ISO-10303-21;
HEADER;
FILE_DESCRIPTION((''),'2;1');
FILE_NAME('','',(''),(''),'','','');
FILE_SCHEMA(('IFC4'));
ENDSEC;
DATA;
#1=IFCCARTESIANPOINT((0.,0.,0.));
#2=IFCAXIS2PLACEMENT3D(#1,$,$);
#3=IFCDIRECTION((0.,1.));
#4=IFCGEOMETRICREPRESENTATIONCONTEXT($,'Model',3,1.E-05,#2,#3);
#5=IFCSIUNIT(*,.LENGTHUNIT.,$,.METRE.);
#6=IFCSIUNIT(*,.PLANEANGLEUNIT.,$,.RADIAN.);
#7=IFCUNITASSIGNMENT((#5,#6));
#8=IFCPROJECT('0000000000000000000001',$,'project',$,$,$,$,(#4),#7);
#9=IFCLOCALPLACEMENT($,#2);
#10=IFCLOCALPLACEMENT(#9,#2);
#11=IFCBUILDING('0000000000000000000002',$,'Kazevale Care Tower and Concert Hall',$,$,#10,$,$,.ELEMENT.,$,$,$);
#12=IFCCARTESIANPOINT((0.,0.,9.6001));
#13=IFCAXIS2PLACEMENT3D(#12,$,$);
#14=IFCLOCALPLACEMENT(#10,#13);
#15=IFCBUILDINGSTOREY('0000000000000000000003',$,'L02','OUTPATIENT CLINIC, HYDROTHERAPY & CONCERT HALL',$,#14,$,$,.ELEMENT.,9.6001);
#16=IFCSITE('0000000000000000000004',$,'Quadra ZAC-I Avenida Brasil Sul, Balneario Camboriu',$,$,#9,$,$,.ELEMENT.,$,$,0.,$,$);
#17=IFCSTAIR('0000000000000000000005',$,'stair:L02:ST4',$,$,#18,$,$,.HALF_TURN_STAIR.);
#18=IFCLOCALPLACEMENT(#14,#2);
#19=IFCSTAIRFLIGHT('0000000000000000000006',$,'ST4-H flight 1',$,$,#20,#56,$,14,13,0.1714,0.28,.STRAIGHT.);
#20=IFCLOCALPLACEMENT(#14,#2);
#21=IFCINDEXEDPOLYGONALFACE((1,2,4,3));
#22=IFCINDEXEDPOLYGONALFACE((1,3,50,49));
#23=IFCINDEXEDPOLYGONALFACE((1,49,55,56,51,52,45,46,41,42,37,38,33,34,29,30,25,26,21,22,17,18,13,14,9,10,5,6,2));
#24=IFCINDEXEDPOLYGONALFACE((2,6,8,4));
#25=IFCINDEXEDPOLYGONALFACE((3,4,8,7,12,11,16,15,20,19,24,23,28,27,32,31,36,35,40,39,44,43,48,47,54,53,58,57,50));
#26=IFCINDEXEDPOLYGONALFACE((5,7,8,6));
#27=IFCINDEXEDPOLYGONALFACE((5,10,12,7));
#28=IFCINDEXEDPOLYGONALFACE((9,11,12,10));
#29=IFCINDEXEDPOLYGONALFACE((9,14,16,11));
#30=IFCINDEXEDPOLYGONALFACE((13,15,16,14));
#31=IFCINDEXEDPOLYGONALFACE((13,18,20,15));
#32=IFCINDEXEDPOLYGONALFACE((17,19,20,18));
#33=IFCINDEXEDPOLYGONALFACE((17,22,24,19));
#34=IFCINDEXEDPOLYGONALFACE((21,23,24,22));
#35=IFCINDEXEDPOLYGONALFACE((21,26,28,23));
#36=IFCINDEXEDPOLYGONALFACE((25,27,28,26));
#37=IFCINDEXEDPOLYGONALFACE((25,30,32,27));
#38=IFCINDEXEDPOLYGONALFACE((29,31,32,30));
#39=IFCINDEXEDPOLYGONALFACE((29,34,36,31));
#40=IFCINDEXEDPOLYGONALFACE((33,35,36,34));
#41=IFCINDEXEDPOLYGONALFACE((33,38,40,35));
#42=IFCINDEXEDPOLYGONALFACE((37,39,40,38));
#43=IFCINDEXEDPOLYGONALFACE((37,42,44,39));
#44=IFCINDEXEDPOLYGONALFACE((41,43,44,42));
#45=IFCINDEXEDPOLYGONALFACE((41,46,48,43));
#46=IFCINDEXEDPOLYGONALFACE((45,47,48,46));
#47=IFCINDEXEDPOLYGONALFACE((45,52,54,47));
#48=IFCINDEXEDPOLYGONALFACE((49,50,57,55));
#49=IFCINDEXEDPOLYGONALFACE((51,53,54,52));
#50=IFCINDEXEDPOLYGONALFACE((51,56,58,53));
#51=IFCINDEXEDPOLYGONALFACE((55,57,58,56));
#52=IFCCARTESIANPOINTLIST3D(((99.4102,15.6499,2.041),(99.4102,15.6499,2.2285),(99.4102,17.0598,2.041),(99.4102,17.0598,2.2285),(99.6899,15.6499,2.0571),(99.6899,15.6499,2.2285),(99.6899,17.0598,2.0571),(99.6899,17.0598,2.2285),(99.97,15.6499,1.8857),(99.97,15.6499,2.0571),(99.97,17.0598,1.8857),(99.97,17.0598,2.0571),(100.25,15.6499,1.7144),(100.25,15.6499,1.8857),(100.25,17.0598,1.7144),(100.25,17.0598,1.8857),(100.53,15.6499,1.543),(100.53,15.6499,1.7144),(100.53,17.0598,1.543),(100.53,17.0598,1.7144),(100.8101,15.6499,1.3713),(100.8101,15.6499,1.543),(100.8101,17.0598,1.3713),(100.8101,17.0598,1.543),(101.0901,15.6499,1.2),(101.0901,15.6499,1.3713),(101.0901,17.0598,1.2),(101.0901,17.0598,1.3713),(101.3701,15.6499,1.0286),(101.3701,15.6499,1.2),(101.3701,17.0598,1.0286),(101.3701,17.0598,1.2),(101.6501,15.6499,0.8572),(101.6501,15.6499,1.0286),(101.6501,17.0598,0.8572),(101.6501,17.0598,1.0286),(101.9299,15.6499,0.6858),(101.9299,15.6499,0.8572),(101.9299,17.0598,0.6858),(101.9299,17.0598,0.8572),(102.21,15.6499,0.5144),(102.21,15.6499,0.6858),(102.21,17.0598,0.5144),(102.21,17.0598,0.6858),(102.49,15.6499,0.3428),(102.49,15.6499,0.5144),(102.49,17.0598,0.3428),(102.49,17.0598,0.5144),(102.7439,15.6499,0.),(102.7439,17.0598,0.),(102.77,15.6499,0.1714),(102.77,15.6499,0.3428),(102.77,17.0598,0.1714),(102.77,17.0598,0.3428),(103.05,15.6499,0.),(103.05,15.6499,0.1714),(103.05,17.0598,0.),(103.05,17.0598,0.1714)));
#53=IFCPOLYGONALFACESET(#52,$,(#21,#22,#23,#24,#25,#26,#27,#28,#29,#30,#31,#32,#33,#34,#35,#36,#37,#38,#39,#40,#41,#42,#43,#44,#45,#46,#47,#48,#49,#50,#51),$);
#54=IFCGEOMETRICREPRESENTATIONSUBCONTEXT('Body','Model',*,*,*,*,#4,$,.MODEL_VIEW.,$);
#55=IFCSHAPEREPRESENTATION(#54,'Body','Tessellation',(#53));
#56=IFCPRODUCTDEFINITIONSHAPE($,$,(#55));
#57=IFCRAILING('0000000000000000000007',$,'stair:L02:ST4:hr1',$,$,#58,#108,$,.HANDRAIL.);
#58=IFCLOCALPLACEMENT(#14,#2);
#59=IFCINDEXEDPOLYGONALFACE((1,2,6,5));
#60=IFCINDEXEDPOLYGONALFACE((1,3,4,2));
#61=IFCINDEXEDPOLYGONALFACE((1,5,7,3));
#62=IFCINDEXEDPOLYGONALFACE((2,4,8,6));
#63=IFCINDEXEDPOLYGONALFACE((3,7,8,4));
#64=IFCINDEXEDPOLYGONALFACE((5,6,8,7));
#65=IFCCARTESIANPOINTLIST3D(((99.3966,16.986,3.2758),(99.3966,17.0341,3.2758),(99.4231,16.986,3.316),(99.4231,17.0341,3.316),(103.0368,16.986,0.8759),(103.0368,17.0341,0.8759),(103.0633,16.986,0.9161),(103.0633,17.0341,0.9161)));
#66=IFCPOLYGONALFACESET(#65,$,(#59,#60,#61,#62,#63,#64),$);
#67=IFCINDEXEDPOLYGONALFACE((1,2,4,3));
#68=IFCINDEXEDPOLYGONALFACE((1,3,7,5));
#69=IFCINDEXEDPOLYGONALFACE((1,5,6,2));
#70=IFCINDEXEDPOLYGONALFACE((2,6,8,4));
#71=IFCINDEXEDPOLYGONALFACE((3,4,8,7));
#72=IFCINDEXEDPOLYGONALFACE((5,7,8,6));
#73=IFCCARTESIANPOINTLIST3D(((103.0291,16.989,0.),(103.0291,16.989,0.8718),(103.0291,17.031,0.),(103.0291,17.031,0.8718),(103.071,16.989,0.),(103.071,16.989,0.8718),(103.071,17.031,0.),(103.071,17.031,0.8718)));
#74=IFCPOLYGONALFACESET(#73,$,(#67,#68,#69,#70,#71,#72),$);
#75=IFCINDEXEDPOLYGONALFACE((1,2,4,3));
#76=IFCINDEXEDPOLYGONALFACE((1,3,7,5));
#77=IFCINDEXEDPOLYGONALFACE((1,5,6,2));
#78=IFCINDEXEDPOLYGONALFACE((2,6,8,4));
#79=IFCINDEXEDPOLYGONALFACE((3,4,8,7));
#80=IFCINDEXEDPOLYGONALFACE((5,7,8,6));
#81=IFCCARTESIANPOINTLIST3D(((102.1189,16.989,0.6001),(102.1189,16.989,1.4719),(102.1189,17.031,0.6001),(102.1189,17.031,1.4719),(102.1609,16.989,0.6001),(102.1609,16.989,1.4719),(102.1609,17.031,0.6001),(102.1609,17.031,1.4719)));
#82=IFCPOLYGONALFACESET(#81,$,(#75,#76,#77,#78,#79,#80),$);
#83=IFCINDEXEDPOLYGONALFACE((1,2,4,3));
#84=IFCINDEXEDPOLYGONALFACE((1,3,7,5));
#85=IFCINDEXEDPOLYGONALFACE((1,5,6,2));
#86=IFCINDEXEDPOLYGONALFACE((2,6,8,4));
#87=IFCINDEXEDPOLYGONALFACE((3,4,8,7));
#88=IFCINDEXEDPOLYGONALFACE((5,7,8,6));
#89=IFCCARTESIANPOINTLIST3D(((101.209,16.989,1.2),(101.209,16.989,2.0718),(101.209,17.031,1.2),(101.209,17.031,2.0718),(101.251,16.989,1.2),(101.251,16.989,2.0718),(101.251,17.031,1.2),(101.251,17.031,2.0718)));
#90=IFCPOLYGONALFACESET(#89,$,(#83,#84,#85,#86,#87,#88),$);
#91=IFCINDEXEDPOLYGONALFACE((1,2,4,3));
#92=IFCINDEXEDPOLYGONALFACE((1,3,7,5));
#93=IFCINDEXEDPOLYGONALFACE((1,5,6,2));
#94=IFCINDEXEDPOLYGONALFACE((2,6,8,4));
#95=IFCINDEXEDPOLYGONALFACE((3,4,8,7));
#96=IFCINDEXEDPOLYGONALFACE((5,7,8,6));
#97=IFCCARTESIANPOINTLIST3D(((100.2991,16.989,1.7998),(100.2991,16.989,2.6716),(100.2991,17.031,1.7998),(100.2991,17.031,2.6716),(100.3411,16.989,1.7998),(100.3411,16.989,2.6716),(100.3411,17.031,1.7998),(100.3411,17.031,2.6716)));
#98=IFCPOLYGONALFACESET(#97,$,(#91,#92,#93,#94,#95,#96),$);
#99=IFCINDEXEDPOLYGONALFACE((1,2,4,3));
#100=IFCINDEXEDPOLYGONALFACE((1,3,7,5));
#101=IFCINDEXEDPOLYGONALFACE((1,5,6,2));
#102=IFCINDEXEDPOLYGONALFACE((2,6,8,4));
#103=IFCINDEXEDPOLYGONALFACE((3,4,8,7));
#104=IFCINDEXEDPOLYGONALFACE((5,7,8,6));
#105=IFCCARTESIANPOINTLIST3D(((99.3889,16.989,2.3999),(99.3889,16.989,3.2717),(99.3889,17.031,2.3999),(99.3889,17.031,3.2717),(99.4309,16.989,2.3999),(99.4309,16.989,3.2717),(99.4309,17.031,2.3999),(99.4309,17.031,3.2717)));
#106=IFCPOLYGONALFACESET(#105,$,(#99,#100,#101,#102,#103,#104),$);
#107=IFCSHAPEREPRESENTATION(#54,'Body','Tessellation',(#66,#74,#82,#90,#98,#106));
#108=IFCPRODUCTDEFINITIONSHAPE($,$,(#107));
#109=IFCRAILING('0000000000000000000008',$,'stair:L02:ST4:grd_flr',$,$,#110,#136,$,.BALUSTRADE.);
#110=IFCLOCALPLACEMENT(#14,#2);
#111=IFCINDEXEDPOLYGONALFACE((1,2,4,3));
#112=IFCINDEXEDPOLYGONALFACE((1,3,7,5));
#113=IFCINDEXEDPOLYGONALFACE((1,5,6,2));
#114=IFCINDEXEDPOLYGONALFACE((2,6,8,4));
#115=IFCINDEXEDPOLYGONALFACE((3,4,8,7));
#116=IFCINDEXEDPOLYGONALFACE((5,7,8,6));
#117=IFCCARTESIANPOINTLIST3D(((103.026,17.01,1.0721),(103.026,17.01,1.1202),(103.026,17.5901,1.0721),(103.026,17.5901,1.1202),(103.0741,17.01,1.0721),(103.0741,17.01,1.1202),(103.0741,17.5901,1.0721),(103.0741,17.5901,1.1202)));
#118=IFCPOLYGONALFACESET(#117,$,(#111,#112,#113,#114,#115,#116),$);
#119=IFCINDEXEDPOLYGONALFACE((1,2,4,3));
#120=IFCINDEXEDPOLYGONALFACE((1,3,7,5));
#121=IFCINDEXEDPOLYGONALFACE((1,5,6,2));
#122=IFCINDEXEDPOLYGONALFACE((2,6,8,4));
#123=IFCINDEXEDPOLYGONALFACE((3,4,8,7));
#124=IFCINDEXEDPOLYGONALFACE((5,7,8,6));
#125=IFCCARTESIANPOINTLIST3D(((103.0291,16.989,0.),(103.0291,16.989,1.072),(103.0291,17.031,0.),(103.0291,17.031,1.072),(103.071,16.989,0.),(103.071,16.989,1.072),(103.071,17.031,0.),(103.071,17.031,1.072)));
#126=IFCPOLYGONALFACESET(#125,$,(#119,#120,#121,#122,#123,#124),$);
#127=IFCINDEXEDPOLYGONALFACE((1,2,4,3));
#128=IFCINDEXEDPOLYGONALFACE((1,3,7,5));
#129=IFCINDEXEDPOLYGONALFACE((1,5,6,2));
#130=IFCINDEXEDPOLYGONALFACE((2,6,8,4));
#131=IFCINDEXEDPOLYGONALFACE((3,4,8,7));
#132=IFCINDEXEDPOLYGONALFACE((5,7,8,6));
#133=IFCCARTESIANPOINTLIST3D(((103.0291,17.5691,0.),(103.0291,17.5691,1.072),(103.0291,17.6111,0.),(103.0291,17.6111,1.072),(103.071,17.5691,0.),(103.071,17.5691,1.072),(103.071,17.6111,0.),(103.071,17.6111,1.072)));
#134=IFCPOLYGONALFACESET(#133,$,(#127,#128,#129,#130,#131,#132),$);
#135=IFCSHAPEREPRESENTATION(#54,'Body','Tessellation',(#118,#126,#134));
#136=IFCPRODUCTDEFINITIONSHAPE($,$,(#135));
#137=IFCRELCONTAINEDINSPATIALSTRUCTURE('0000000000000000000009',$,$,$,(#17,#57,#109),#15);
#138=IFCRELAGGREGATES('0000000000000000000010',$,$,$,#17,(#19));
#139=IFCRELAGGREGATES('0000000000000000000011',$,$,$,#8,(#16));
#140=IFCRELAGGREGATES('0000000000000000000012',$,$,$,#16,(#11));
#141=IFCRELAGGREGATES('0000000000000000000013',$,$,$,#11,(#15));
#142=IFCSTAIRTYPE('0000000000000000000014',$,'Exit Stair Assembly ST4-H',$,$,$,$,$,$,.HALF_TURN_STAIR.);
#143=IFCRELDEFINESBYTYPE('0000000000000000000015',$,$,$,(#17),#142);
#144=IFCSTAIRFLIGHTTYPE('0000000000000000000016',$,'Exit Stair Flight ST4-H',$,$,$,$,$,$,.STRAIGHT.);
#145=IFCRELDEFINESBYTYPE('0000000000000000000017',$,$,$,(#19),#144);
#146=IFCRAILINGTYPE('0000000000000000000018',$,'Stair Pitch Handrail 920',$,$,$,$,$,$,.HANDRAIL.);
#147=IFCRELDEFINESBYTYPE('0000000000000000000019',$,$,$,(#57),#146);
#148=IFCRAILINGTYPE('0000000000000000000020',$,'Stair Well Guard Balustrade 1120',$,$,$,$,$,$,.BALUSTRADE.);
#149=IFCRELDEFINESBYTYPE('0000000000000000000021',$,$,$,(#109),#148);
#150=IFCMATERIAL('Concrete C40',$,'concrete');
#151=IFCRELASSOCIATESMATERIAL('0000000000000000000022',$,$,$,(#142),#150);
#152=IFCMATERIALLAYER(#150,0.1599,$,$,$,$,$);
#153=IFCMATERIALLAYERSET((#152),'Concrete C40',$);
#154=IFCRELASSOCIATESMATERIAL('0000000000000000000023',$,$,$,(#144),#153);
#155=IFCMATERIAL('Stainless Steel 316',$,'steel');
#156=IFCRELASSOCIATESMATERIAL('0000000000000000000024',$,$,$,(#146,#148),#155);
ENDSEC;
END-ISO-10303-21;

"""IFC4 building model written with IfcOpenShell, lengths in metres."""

from ifc_helpers import new_model, si_unit, direction, frame, origin, origin_2d, place, context, subcontext, project, spatial, polyline, rectangle, outline, extrude, material, layer, layer_set, type_object, element, aggregate, save


model = new_model("IFC4")

# Units and contexts
model_context = context("Model", 3, precision=1e-05, world=origin(), true_north=direction((0.0, 1.0)))
body_context = subcontext(model_context, "Body", "Model", "MODEL_VIEW")
ifc_project = project(units=[si_unit("LENGTHUNIT", "METRE"), si_unit("PLANEANGLEUNIT", "RADIAN")], contexts=[model_context])

# Site, building, storey
site_placement = place(None, origin())
site = spatial("IfcSite", under=ifc_project, at=site_placement, Name="Quadra ZAC-I Avenida Brasil Sul, Balneario Camboriu", CompositionType="ELEMENT", RefElevation=0.0)
building_placement = place(site_placement, origin())
building = spatial("IfcBuilding", under=site, at=building_placement, Name="Kazevale Care Tower and Concert Hall", CompositionType="ELEMENT")
storey_placement = place(building_placement, frame((0.0, 0.0, 9.6001)))
storey = spatial("IfcBuildingStorey", under=building, at=storey_placement, Name="L02", Description="OUTPATIENT CLINIC, HYDROTHERAPY & CONCERT HALL", CompositionType="ELEMENT", Elevation=9.6001)

# Shared definitions
ifc_material_1 = material(Name="Concrete C40", Category="concrete")
ifc_material_2 = material(Name="Stainless Steel 316", Category="steel")

# Stair, stair flight
stair_type = type_object("IfcStairType", Name="Exit Stair Assembly ST4-H", PredefinedType="HALF_TURN_STAIR", material=ifc_material_1)
stair_placement = place(storey_placement, origin())
stair = element("IfcStair", 1, at=stair_placement, inside=storey, type_object=stair_type, Name="stair:L02:ST4", PredefinedType="HALF_TURN_STAIR")
ifc_layer_1 = layer(ifc_material_1, 0.1599)
ifc_layer_set_1 = layer_set([ifc_layer_1], Name="Concrete C40")
stair_flight_type = type_object("IfcStairFlightType", Name="Exit Stair Flight ST4-H", PredefinedType="STRAIGHT", material=ifc_layer_set_1)
stair_flight_placement = place(storey_placement, frame((103.05, 16.355, 0.0), z_axis=(0.0, 0.0, 1.0), x_axis=(-1.0, 0.0, 0.0)))
stair_flight = element("IfcStairFlight", 2, at=stair_flight_placement, type_object=stair_flight_type, Name="ST4-H flight 1", NumberOfRisers=14, NumberOfTreads=13, PredefinedType="STRAIGHT", RiserHeight=0.1714, TreadLength=0.28, context=body_context, shape_type="SweptSolid", body=[
    extrude(outline(polyline([(0.0, 0.0), (0.0, 0.1714), (0.28, 0.1714), (0.28, 0.3428), (0.5601, 0.3428), (0.5601, 0.5144), (0.8401, 0.5144), (0.8401, 0.6858), (1.1201, 0.6858), (1.1201, 0.8572), (1.3999, 0.8572), (1.3999, 1.0286), (1.6799, 1.0286), (1.6799, 1.2), (1.96, 1.2), (1.96, 1.3713), (2.24, 1.3713), (2.24, 1.543), (2.52, 1.543), (2.52, 1.7144), (2.8, 1.7144), (2.8, 1.8857), (3.0801, 1.8857), (3.0801, 2.0571), (3.3601, 2.0571), (3.3601, 2.2285), (3.6399, 2.2285), (3.6399, 2.3999), (3.6399, 2.041), (0.3062, 0.0), (0.0, 0.0)])), frame((0.0, 0.7051, 0.0), z_axis=(0.0, -1.0, 0.0), x_axis=(1.0, 0.0, 0.0)), (0.0, 0.0, 1.0), 1.4099),
])
aggregate(stair, [stair_flight])

# Railings
railing_type_1 = type_object("IfcRailingType", Name="Stair Pitch Handrail 920", PredefinedType="HANDRAIL", material=ifc_material_2)
railing_1_placement = place(storey_placement, frame((103.05, 17.01, 0.0)))
element("IfcRailing", 3, at=railing_1_placement, inside=storey, type_object=railing_type_1, Name="stair:L02:ST4:hr1", PredefinedType="HANDRAIL", context=body_context, shape_type="SweptSolid", body=[
    extrude(rectangle(XDim=0.0481, YDim=0.0481, at=origin_2d()), frame((0.0, 0.0, 0.896), z_axis=(-0.834882, 0.0, 0.550429), x_axis=(0.0, -1.0, 0.0)), (0.0, 0.0, 1.0), 4.3601),
    extrude(rectangle(XDim=0.042, YDim=0.042, at=origin_2d()), origin(), (0.0, 0.0, 1.0), 0.8718),
    extrude(rectangle(XDim=0.042, YDim=0.042, at=origin_2d()), frame((-0.9102, 0.0, 0.6001)), (0.0, 0.0, 1.0), 0.8718),
    extrude(rectangle(XDim=0.042, YDim=0.042, at=origin_2d()), frame((-1.8201, 0.0, 1.2)), (0.0, 0.0, 1.0), 0.8718),
    extrude(rectangle(XDim=0.042, YDim=0.042, at=origin_2d()), frame((-2.73, 0.0, 1.7998)), (0.0, 0.0, 1.0), 0.8718),
    extrude(rectangle(XDim=0.042, YDim=0.042, at=origin_2d()), frame((-3.6401, 0.0, 2.3999)), (0.0, 0.0, 1.0), 0.8718),
])
railing_type_2 = type_object("IfcRailingType", Name="Stair Well Guard Balustrade 1120", PredefinedType="BALUSTRADE", material=ifc_material_2)
railing_2_placement = place(storey_placement, frame((103.05, 17.01, 0.0)))
element("IfcRailing", 4, at=railing_2_placement, inside=storey, type_object=railing_type_2, Name="stair:L02:ST4:grd_flr", PredefinedType="BALUSTRADE", context=body_context, shape_type="SweptSolid", body=[
    extrude(rectangle(XDim=0.0481, YDim=0.0481, at=origin_2d()), frame((0.0, 0.0, 1.0962), z_axis=(0.0, 1.0, 0.0), x_axis=(-1.0, 0.0, 0.0)), (0.0, 0.0, 1.0), 0.5801),
    extrude(rectangle(XDim=0.042, YDim=0.042, at=origin_2d()), origin(), (0.0, 0.0, 1.0), 1.072),
    extrude(rectangle(XDim=0.042, YDim=0.042, at=origin_2d()), frame((0.0, 0.5801, 0.0)), (0.0, 0.0, 1.0), 1.072),
])

save(model, "model.ifc")
